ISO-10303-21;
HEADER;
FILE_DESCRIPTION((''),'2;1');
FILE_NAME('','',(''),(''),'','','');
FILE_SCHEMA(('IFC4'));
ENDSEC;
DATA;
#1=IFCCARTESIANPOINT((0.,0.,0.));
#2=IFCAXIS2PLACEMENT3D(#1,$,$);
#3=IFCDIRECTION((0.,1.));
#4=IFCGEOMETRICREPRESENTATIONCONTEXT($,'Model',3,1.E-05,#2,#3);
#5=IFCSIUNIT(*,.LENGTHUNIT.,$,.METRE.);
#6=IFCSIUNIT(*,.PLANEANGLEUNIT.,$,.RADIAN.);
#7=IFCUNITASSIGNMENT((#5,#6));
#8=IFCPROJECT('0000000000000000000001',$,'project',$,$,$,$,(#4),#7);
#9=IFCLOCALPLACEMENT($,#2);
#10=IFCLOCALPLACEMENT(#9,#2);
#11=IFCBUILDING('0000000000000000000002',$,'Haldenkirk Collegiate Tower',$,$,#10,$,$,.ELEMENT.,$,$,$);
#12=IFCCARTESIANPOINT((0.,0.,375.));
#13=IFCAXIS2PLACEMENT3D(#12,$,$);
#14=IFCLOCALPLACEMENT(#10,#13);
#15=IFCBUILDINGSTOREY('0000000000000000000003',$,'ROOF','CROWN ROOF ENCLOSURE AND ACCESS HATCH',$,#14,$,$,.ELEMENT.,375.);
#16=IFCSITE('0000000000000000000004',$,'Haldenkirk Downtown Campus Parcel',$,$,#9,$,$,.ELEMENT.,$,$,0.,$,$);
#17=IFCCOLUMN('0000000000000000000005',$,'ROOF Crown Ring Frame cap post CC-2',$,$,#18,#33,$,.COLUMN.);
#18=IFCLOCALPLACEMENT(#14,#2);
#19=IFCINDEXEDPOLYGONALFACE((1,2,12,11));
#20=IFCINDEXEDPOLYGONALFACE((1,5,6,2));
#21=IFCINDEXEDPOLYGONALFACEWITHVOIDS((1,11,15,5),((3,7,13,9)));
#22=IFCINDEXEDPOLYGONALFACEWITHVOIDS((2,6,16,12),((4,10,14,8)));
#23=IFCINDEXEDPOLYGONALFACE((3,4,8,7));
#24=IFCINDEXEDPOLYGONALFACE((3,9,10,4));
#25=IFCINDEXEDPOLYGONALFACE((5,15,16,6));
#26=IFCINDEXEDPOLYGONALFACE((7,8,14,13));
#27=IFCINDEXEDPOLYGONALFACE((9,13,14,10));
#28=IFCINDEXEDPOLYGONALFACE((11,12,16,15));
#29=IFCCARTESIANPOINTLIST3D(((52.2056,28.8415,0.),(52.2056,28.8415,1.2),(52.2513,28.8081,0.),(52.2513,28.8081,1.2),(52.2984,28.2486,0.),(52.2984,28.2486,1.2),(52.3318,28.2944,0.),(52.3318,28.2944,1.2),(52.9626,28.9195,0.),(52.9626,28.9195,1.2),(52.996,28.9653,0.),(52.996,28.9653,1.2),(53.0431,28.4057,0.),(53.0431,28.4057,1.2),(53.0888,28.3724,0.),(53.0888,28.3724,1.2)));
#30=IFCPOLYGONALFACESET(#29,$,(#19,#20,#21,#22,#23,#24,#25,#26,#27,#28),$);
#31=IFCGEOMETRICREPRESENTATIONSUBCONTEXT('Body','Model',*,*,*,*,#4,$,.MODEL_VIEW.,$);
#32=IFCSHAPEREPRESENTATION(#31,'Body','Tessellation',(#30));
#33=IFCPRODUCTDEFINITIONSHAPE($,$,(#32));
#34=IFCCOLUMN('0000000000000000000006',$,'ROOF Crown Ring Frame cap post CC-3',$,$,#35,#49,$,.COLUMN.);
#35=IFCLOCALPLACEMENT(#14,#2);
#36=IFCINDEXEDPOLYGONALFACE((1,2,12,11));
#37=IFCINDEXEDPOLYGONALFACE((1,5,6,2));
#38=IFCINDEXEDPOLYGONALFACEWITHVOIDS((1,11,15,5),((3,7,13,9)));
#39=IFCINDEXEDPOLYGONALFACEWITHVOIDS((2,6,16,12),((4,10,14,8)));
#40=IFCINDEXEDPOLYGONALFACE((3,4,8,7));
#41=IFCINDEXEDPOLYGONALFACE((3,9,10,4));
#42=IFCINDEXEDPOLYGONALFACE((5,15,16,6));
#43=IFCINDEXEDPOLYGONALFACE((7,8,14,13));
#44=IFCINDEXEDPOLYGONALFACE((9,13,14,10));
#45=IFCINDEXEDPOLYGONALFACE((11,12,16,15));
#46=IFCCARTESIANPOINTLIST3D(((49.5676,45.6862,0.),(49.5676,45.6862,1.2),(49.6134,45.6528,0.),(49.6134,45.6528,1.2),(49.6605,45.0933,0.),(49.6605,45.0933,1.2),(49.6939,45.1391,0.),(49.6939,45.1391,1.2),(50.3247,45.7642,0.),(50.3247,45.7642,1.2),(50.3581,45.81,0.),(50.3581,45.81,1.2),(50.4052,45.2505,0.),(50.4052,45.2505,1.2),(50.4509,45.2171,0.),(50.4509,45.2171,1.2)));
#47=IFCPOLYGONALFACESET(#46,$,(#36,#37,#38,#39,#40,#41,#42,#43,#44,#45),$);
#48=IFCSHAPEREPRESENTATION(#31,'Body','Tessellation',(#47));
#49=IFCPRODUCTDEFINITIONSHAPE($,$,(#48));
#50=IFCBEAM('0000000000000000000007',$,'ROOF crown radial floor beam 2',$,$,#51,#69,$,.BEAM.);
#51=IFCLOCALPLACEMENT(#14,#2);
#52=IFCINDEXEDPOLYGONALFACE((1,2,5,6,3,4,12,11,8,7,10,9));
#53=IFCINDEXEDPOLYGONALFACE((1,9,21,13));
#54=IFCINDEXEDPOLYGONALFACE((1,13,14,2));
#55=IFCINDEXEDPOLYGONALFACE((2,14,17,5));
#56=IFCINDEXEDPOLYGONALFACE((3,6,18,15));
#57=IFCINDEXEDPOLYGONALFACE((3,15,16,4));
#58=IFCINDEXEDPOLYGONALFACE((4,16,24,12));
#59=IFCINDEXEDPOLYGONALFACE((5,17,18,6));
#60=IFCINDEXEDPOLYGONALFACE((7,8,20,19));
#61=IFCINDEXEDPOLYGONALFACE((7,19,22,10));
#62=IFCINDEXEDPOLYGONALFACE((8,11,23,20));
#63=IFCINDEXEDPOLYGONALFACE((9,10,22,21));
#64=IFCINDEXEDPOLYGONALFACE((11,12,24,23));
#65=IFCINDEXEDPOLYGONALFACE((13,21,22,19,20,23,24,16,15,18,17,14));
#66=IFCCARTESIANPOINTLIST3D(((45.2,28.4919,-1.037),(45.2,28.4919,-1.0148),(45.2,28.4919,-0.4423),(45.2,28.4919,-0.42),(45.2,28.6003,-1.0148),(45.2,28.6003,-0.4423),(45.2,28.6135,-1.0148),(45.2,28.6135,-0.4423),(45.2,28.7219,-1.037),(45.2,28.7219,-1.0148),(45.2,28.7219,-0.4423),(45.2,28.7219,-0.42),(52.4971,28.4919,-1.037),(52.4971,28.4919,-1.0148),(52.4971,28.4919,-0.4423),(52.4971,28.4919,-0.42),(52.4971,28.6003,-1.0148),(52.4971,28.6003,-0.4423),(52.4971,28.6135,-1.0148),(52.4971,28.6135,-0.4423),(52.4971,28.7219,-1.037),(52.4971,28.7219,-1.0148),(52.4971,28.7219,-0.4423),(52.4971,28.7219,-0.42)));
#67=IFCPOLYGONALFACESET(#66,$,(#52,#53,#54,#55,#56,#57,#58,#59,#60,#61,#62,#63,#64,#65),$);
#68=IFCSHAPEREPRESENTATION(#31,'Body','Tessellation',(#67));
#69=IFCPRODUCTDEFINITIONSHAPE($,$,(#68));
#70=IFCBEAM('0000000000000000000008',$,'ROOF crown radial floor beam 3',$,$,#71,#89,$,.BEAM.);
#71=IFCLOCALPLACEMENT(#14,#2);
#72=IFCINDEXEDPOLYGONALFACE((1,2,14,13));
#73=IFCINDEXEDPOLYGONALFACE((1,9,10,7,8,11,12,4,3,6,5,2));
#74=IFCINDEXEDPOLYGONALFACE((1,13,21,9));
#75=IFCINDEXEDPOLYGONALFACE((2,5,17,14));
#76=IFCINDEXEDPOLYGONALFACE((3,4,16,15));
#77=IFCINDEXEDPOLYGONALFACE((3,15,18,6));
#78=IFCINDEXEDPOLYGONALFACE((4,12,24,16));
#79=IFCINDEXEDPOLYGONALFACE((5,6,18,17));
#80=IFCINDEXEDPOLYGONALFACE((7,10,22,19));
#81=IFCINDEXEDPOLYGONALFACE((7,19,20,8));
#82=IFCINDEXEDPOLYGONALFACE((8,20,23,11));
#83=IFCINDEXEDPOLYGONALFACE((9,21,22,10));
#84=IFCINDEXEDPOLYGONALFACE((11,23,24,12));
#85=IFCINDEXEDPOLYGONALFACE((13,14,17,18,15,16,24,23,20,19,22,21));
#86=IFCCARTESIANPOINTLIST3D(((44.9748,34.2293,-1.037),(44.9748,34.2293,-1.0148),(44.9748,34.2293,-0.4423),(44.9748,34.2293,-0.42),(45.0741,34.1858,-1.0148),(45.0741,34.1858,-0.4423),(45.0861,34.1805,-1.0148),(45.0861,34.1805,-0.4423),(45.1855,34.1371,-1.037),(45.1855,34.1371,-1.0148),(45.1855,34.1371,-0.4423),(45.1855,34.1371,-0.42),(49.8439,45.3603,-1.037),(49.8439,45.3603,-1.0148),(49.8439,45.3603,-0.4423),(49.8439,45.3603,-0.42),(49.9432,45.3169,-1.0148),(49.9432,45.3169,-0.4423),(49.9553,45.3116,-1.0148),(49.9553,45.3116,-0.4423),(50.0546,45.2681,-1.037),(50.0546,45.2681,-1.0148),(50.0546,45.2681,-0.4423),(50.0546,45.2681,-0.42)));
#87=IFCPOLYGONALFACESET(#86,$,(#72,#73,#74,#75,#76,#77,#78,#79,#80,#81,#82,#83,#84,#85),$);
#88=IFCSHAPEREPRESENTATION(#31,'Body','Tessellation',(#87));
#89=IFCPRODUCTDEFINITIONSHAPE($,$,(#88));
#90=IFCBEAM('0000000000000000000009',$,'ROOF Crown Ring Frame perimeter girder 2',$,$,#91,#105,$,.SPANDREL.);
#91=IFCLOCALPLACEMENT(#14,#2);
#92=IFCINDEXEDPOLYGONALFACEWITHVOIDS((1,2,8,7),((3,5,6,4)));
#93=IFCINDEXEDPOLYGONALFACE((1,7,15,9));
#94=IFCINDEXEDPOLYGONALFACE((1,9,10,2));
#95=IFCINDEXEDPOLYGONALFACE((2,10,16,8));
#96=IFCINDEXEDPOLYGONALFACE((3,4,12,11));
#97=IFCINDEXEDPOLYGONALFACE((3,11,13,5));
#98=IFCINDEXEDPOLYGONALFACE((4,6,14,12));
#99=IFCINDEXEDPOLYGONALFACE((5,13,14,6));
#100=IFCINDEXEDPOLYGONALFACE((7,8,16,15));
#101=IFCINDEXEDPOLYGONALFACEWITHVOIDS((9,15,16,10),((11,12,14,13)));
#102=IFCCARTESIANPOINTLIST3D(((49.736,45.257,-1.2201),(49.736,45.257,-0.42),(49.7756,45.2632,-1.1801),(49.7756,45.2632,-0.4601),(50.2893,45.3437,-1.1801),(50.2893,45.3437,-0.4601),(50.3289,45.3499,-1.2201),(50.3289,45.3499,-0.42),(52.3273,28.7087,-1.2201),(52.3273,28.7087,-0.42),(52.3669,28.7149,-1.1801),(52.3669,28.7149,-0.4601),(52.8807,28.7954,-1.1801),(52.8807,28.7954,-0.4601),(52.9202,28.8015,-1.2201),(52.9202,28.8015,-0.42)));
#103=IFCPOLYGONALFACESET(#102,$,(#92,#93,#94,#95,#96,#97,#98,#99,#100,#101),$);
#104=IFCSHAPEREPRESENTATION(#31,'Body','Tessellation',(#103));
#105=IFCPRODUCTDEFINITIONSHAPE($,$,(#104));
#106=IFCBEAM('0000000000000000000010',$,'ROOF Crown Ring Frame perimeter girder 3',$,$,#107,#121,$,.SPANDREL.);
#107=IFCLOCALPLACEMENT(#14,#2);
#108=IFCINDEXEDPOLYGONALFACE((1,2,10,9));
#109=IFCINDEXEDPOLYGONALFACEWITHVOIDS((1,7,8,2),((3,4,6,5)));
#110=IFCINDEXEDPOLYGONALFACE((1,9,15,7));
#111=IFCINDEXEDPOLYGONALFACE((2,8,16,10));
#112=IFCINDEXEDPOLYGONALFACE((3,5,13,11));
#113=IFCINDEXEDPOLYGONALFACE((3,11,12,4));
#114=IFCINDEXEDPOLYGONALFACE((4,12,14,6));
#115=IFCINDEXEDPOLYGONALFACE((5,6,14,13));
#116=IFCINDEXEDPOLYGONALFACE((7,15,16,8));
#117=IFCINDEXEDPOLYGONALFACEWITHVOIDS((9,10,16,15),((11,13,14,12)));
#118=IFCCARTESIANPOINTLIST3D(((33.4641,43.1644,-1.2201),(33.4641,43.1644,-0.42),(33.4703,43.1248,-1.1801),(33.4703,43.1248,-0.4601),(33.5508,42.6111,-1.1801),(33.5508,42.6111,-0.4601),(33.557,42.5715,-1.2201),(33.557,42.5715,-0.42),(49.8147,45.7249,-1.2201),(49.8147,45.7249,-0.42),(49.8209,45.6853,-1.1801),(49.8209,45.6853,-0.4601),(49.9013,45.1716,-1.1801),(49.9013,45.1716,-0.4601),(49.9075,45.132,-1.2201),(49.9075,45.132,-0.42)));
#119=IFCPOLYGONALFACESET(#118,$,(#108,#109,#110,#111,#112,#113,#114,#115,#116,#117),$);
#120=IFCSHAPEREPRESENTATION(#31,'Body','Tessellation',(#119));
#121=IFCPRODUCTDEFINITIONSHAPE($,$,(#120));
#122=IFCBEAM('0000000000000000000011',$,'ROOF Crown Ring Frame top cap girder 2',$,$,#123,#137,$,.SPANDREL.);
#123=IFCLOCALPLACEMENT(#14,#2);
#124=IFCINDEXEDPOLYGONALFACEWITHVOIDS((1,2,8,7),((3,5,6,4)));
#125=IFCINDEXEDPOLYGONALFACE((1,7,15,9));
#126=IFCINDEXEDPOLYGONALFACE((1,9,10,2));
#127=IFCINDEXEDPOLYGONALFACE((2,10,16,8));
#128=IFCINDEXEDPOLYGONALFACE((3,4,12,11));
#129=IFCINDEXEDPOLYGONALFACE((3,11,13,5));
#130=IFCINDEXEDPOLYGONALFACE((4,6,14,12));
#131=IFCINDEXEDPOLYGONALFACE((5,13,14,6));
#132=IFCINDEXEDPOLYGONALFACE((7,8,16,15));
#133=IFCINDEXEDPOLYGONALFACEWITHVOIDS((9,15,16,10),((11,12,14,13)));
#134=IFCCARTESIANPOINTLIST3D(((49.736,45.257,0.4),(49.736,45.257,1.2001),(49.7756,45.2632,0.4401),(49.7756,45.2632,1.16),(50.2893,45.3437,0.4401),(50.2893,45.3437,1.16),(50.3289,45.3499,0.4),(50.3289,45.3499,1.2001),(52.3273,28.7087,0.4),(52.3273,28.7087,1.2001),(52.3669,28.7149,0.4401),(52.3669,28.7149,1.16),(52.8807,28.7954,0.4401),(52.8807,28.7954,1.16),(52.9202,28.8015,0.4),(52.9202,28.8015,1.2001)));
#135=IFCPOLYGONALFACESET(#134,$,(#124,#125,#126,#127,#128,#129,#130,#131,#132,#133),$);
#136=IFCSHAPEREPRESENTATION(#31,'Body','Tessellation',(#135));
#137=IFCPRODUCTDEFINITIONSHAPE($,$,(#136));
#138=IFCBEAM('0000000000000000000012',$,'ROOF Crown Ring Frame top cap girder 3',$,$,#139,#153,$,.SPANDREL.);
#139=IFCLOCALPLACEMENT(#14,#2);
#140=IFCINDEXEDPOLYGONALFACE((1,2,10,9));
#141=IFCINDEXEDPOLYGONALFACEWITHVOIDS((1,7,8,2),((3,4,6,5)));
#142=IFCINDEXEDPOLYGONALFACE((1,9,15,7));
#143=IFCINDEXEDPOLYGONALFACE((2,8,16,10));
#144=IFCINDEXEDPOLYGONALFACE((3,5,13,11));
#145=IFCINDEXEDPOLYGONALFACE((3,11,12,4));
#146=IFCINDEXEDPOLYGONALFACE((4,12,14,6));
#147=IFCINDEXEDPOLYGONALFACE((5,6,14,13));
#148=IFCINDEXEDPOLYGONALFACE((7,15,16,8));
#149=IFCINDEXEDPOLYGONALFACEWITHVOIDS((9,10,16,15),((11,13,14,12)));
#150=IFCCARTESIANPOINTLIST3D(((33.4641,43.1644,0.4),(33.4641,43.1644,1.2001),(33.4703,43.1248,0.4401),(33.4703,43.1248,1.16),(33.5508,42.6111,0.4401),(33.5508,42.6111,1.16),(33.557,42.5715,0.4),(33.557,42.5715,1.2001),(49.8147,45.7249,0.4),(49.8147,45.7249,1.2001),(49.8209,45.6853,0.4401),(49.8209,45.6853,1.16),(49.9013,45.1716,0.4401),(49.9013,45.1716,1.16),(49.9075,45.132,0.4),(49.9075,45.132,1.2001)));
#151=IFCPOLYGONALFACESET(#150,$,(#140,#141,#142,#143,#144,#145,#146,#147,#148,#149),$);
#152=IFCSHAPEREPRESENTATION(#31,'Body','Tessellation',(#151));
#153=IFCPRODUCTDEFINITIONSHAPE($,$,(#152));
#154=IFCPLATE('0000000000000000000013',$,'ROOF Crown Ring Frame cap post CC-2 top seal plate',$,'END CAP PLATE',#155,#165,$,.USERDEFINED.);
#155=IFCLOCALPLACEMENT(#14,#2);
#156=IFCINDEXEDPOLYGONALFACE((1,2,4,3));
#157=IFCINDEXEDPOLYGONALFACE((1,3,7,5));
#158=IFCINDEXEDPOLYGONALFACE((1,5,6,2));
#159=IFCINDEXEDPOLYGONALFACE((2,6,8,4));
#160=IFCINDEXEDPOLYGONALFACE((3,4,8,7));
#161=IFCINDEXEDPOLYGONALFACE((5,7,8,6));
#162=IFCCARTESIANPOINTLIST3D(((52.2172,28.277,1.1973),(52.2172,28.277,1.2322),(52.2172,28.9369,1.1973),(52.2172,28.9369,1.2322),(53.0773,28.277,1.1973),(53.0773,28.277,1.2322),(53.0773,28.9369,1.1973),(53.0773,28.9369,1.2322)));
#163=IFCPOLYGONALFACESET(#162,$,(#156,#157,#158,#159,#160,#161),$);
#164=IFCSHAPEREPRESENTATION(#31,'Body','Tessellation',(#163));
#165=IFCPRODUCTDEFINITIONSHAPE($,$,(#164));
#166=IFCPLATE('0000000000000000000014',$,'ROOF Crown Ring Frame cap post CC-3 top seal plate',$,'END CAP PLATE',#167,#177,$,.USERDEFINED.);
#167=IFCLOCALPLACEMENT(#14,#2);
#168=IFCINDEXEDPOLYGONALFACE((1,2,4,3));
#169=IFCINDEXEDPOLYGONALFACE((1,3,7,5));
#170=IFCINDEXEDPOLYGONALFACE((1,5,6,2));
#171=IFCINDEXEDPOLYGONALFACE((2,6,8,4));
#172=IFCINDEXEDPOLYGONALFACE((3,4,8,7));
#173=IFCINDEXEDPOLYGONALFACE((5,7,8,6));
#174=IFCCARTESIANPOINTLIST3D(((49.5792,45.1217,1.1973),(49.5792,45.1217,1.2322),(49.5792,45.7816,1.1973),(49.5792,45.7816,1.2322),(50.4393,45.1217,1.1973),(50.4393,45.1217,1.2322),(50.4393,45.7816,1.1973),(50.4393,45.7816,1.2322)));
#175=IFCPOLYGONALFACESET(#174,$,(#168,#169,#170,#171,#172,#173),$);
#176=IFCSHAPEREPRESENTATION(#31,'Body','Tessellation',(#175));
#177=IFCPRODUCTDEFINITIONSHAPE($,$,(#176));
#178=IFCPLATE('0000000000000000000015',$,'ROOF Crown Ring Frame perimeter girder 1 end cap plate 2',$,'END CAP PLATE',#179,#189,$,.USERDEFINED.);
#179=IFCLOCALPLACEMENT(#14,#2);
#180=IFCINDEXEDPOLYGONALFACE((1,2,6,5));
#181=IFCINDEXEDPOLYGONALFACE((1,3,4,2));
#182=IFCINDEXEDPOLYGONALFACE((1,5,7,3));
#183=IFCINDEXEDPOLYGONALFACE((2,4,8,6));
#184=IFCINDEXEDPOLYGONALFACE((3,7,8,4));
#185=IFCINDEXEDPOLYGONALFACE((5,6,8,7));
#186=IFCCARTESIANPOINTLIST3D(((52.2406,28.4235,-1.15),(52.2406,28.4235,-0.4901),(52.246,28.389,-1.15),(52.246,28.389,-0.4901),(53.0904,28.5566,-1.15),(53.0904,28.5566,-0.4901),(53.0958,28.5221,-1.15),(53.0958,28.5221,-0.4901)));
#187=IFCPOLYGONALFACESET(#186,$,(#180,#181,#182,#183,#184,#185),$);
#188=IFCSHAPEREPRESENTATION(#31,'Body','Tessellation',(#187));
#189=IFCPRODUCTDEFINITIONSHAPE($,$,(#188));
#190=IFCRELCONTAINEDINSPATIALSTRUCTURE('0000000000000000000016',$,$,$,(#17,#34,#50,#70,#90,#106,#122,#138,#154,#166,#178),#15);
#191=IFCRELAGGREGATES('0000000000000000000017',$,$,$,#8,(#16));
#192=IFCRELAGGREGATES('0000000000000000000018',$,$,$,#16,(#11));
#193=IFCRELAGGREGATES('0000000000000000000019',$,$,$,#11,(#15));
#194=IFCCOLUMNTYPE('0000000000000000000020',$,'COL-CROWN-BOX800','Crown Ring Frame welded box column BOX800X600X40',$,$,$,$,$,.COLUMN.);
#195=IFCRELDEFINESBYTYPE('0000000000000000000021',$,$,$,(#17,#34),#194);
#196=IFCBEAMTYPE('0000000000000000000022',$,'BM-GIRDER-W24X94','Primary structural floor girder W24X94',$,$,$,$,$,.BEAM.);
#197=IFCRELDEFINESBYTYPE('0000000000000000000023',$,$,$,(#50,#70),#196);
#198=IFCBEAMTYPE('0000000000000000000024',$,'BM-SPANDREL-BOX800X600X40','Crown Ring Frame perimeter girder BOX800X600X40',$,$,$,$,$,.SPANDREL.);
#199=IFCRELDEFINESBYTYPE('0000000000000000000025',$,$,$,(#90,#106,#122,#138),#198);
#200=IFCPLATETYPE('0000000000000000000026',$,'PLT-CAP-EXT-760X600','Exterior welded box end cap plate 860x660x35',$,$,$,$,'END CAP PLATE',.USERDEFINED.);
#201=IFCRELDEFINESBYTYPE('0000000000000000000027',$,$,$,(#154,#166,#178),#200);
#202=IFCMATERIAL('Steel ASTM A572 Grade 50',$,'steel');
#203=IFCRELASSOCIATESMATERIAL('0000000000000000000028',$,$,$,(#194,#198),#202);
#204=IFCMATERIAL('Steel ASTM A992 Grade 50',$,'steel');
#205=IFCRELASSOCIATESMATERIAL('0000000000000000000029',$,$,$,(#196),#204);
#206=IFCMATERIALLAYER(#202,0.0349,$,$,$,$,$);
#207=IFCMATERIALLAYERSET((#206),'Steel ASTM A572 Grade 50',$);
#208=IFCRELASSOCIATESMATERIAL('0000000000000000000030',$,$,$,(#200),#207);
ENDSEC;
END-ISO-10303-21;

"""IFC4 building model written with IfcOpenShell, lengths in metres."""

from ifc_helpers import new_model, si_unit, direction, frame, origin, origin_2d, place, context, subcontext, project, spatial, rectangle, hollow_rectangle, i_section, extrude, source, transform, mapped, material, layer, layer_set, material_profile, profile_set, type_object, element, save


model = new_model("IFC4")

# Units and contexts
model_context = context("Model", 3, precision=1e-05, world=origin(), true_north=direction((0.0, 1.0)))
body_context = subcontext(model_context, "Body", "Model", "MODEL_VIEW")
ifc_project = project(units=[si_unit("LENGTHUNIT", "METRE"), si_unit("PLANEANGLEUNIT", "RADIAN")], contexts=[model_context])

# Site, building, storey
site_placement = place(None, origin())
site = spatial("IfcSite", under=ifc_project, at=site_placement, Name="Haldenkirk Downtown Campus Parcel", CompositionType="ELEMENT", RefElevation=0.0)
building_placement = place(site_placement, origin())
building = spatial("IfcBuilding", under=site, at=building_placement, Name="Haldenkirk Collegiate Tower", CompositionType="ELEMENT")
storey_placement = place(building_placement, frame((0.0, 0.0, 375.0)))
storey = spatial("IfcBuildingStorey", under=building, at=storey_placement, Name="ROOF", Description="CROWN ROOF ENCLOSURE AND ACCESS HATCH", CompositionType="ELEMENT", Elevation=375.0)

# Columns
ifc_material_1 = material(Name="Steel ASTM A572 Grade 50", Category="steel")
ifc_material_profile_1 = material_profile(ifc_material_1, hollow_rectangle(XDim=0.6001, YDim=0.8, WallThickness=0.04, at=origin_2d()), Name="BOX800X600X40")
ifc_profile_set_1 = profile_set([ifc_material_profile_1], Name="Steel ASTM A572 Grade 50")
column_type = type_object("IfcColumnType", Name="COL-CROWN-BOX800", Description="Crown Ring Frame welded box column BOX800X600X40", PredefinedType="COLUMN", material=ifc_profile_set_1)
for number, where, z_axis, x_axis, name in (
    (1, (52.6472, 28.6069, 0.0), (0.0, 0.0, 1.0), (-0.15471, 0.98796, 0.0), "ROOF Crown Ring Frame cap post CC-2"),
    (2, (50.0093, 45.4517, 0.0), (0.0, 0.0, 1.0), (-0.15471, 0.98796, 0.0), "ROOF Crown Ring Frame cap post CC-3"),
):
    element("IfcColumn", number, at=place(storey_placement, frame(where, z_axis=z_axis, x_axis=x_axis)), inside=storey, type_object=column_type, Name=name, PredefinedType="COLUMN", context=body_context, shape_type="SweptSolid", body=[
        extrude(hollow_rectangle(XDim=0.6001, YDim=0.8, WallThickness=0.04, at=origin_2d()), origin(), (0.0, 0.0, 1.0), 1.2),
    ])

# Beams
ifc_material_2 = material(Name="Steel ASTM A992 Grade 50", Category="steel")
ifc_material_profile_2 = material_profile(ifc_material_2, i_section(OverallWidth=0.23, OverallDepth=0.6169, WebThickness=0.0132, FlangeThickness=0.0222, at=origin_2d()), Name="W24X94")
ifc_profile_set_2 = profile_set([ifc_material_profile_2], Name="Steel ASTM A992 Grade 50")
beam_type_1 = type_object("IfcBeamType", Name="BM-GIRDER-W24X94", Description="Primary structural floor girder W24X94", PredefinedType="BEAM", material=ifc_profile_set_2)
beam_1_placement = place(storey_placement, frame((52.4971, 28.6069, -0.7285), z_axis=(-1.0, 0.0, 0.0), x_axis=(0.0, -1.0, 0.0)))
element("IfcBeam", 3, at=beam_1_placement, inside=storey, type_object=beam_type_1, Name="ROOF crown radial floor beam 2", PredefinedType="BEAM", context=body_context, shape_type="SweptSolid", body=[
    extrude(i_section(OverallWidth=0.23, OverallDepth=0.6169, WebThickness=0.0132, FlangeThickness=0.0222, at=origin_2d()), origin(), (0.0, 0.0, 1.0), 7.2971),
])
beam_2_placement = place(storey_placement, frame((49.9492, 45.3142, -0.7285), z_axis=(-0.400769, -0.916179, 0.0), x_axis=(0.916179, -0.400769, 0.0)))
element("IfcBeam", 4, at=beam_2_placement, inside=storey, type_object=beam_type_1, Name="ROOF crown radial floor beam 3", PredefinedType="BEAM", context=body_context, shape_type="SweptSolid", body=[
    extrude(i_section(OverallWidth=0.23, OverallDepth=0.6169, WebThickness=0.0132, FlangeThickness=0.0222, at=origin_2d()), origin(), (0.0, 0.0, 1.0), 12.1494),
])
ifc_material_profile_3 = material_profile(ifc_material_1, hollow_rectangle(XDim=0.6001, YDim=0.8, WallThickness=0.04, at=origin_2d()), Name="BOX800X600X40")
ifc_profile_set_3 = profile_set([ifc_material_profile_3], Name="Steel ASTM A572 Grade 50")
beam_type_2 = type_object("IfcBeamType", Name="BM-SPANDREL-BOX800X600X40", Description="Crown Ring Frame perimeter girder BOX800X600X40", PredefinedType="SPANDREL", material=ifc_profile_set_3)
beam_3_placement = place(storey_placement, frame((52.6238, 28.7551, -0.8201), z_axis=(-0.154705, 0.987961, 0.0), x_axis=(-0.987961, -0.154705, 0.0)))
element("IfcBeam", 5, at=beam_3_placement, inside=storey, type_object=beam_type_2, Name="ROOF Crown Ring Frame perimeter girder 2", PredefinedType="SPANDREL", context=body_context, shape_type="SweptSolid", body=[
    extrude(hollow_rectangle(XDim=0.6001, YDim=0.8, WallThickness=0.04, at=origin_2d()), origin(), (0.0, 0.0, 1.0), 16.75),
])
beam_4_placement = place(storey_placement, frame((49.8611, 45.4285, -0.8201), z_axis=(-0.987959, -0.154717, 0.0), x_axis=(0.154717, -0.987959, 0.0)))
element("IfcBeam", 6, at=beam_4_placement, inside=storey, type_object=beam_type_2, Name="ROOF Crown Ring Frame perimeter girder 3", PredefinedType="SPANDREL", context=body_context, shape_type="SweptSolid", body=[
    extrude(hollow_rectangle(XDim=0.6001, YDim=0.8, WallThickness=0.04, at=origin_2d()), origin(), (0.0, 0.0, 1.0), 16.5498),
])
beam_5_placement = place(storey_placement, frame((52.6238, 28.7551, 0.8), z_axis=(-0.154705, 0.987961, 0.0), x_axis=(-0.987961, -0.154705, 0.0)))
element("IfcBeam", 7, at=beam_5_placement, inside=storey, type_object=beam_type_2, Name="ROOF Crown Ring Frame top cap girder 2", PredefinedType="SPANDREL", context=body_context, shape_type="SweptSolid", body=[
    extrude(hollow_rectangle(XDim=0.6001, YDim=0.8, WallThickness=0.04, at=origin_2d()), origin(), (0.0, 0.0, 1.0), 16.75),
])
beam_6_placement = place(storey_placement, frame((49.8611, 45.4285, 0.8), z_axis=(-0.987959, -0.154717, 0.0), x_axis=(0.154717, -0.987959, 0.0)))
element("IfcBeam", 8, at=beam_6_placement, inside=storey, type_object=beam_type_2, Name="ROOF Crown Ring Frame top cap girder 3", PredefinedType="SPANDREL", context=body_context, shape_type="SweptSolid", body=[
    extrude(hollow_rectangle(XDim=0.6001, YDim=0.8, WallThickness=0.04, at=origin_2d()), origin(), (0.0, 0.0, 1.0), 16.5498),
])

# Plates
ifc_layer_1 = layer(ifc_material_1, 0.0349)
ifc_layer_set_1 = layer_set([ifc_layer_1], Name="Steel ASTM A572 Grade 50")
plate_type = type_object("IfcPlateType", Name="PLT-CAP-EXT-760X600", Description="Exterior welded box end cap plate 860x660x35", ElementType="END CAP PLATE", PredefinedType="USERDEFINED", material=ifc_layer_set_1)
shared_shape = source(origin(), body_context, "Body", "SweptSolid", [
    extrude(rectangle(XDim=0.8601, YDim=0.6599, at=origin_2d()), origin(), (0.0, 0.0, 1.0), 0.0349),
])
for number, where, z_axis, x_axis, name in (
    (9, (52.6472, 28.6069, 1.1973), (0.0, 0.0, 1.0), (1.0, 0.0, 0.0), "ROOF Crown Ring Frame cap post CC-2 top seal plate"),
    (10, (50.0093, 45.4517, 1.1973), (0.0, 0.0, 1.0), (1.0, 0.0, 0.0), "ROOF Crown Ring Frame cap post CC-3 top seal plate"),
    (11, (52.6709, 28.4556, -0.8201), (-0.154711, 0.98796, 0.0), (-0.98796, -0.154711, 0.0), "ROOF Crown Ring Frame perimeter girder 1 end cap plate 2"),
):
    element("IfcPlate", number, at=place(storey_placement, frame(where, z_axis=z_axis, x_axis=x_axis)), inside=storey, type_object=plate_type, Name=name, ObjectType="END CAP PLATE", PredefinedType="USERDEFINED", context=body_context, shape_type="MappedRepresentation", body=[
        mapped(shared_shape, transform((0.0, 0.0, 0.0), x_axis=(1.0, 0.0, 0.0), y_axis=(0.0, 1.0, 0.0), z_axis=(0.0, 0.0, 1.0), scale=1.0)),
    ])

save(model, "model.ifc")
